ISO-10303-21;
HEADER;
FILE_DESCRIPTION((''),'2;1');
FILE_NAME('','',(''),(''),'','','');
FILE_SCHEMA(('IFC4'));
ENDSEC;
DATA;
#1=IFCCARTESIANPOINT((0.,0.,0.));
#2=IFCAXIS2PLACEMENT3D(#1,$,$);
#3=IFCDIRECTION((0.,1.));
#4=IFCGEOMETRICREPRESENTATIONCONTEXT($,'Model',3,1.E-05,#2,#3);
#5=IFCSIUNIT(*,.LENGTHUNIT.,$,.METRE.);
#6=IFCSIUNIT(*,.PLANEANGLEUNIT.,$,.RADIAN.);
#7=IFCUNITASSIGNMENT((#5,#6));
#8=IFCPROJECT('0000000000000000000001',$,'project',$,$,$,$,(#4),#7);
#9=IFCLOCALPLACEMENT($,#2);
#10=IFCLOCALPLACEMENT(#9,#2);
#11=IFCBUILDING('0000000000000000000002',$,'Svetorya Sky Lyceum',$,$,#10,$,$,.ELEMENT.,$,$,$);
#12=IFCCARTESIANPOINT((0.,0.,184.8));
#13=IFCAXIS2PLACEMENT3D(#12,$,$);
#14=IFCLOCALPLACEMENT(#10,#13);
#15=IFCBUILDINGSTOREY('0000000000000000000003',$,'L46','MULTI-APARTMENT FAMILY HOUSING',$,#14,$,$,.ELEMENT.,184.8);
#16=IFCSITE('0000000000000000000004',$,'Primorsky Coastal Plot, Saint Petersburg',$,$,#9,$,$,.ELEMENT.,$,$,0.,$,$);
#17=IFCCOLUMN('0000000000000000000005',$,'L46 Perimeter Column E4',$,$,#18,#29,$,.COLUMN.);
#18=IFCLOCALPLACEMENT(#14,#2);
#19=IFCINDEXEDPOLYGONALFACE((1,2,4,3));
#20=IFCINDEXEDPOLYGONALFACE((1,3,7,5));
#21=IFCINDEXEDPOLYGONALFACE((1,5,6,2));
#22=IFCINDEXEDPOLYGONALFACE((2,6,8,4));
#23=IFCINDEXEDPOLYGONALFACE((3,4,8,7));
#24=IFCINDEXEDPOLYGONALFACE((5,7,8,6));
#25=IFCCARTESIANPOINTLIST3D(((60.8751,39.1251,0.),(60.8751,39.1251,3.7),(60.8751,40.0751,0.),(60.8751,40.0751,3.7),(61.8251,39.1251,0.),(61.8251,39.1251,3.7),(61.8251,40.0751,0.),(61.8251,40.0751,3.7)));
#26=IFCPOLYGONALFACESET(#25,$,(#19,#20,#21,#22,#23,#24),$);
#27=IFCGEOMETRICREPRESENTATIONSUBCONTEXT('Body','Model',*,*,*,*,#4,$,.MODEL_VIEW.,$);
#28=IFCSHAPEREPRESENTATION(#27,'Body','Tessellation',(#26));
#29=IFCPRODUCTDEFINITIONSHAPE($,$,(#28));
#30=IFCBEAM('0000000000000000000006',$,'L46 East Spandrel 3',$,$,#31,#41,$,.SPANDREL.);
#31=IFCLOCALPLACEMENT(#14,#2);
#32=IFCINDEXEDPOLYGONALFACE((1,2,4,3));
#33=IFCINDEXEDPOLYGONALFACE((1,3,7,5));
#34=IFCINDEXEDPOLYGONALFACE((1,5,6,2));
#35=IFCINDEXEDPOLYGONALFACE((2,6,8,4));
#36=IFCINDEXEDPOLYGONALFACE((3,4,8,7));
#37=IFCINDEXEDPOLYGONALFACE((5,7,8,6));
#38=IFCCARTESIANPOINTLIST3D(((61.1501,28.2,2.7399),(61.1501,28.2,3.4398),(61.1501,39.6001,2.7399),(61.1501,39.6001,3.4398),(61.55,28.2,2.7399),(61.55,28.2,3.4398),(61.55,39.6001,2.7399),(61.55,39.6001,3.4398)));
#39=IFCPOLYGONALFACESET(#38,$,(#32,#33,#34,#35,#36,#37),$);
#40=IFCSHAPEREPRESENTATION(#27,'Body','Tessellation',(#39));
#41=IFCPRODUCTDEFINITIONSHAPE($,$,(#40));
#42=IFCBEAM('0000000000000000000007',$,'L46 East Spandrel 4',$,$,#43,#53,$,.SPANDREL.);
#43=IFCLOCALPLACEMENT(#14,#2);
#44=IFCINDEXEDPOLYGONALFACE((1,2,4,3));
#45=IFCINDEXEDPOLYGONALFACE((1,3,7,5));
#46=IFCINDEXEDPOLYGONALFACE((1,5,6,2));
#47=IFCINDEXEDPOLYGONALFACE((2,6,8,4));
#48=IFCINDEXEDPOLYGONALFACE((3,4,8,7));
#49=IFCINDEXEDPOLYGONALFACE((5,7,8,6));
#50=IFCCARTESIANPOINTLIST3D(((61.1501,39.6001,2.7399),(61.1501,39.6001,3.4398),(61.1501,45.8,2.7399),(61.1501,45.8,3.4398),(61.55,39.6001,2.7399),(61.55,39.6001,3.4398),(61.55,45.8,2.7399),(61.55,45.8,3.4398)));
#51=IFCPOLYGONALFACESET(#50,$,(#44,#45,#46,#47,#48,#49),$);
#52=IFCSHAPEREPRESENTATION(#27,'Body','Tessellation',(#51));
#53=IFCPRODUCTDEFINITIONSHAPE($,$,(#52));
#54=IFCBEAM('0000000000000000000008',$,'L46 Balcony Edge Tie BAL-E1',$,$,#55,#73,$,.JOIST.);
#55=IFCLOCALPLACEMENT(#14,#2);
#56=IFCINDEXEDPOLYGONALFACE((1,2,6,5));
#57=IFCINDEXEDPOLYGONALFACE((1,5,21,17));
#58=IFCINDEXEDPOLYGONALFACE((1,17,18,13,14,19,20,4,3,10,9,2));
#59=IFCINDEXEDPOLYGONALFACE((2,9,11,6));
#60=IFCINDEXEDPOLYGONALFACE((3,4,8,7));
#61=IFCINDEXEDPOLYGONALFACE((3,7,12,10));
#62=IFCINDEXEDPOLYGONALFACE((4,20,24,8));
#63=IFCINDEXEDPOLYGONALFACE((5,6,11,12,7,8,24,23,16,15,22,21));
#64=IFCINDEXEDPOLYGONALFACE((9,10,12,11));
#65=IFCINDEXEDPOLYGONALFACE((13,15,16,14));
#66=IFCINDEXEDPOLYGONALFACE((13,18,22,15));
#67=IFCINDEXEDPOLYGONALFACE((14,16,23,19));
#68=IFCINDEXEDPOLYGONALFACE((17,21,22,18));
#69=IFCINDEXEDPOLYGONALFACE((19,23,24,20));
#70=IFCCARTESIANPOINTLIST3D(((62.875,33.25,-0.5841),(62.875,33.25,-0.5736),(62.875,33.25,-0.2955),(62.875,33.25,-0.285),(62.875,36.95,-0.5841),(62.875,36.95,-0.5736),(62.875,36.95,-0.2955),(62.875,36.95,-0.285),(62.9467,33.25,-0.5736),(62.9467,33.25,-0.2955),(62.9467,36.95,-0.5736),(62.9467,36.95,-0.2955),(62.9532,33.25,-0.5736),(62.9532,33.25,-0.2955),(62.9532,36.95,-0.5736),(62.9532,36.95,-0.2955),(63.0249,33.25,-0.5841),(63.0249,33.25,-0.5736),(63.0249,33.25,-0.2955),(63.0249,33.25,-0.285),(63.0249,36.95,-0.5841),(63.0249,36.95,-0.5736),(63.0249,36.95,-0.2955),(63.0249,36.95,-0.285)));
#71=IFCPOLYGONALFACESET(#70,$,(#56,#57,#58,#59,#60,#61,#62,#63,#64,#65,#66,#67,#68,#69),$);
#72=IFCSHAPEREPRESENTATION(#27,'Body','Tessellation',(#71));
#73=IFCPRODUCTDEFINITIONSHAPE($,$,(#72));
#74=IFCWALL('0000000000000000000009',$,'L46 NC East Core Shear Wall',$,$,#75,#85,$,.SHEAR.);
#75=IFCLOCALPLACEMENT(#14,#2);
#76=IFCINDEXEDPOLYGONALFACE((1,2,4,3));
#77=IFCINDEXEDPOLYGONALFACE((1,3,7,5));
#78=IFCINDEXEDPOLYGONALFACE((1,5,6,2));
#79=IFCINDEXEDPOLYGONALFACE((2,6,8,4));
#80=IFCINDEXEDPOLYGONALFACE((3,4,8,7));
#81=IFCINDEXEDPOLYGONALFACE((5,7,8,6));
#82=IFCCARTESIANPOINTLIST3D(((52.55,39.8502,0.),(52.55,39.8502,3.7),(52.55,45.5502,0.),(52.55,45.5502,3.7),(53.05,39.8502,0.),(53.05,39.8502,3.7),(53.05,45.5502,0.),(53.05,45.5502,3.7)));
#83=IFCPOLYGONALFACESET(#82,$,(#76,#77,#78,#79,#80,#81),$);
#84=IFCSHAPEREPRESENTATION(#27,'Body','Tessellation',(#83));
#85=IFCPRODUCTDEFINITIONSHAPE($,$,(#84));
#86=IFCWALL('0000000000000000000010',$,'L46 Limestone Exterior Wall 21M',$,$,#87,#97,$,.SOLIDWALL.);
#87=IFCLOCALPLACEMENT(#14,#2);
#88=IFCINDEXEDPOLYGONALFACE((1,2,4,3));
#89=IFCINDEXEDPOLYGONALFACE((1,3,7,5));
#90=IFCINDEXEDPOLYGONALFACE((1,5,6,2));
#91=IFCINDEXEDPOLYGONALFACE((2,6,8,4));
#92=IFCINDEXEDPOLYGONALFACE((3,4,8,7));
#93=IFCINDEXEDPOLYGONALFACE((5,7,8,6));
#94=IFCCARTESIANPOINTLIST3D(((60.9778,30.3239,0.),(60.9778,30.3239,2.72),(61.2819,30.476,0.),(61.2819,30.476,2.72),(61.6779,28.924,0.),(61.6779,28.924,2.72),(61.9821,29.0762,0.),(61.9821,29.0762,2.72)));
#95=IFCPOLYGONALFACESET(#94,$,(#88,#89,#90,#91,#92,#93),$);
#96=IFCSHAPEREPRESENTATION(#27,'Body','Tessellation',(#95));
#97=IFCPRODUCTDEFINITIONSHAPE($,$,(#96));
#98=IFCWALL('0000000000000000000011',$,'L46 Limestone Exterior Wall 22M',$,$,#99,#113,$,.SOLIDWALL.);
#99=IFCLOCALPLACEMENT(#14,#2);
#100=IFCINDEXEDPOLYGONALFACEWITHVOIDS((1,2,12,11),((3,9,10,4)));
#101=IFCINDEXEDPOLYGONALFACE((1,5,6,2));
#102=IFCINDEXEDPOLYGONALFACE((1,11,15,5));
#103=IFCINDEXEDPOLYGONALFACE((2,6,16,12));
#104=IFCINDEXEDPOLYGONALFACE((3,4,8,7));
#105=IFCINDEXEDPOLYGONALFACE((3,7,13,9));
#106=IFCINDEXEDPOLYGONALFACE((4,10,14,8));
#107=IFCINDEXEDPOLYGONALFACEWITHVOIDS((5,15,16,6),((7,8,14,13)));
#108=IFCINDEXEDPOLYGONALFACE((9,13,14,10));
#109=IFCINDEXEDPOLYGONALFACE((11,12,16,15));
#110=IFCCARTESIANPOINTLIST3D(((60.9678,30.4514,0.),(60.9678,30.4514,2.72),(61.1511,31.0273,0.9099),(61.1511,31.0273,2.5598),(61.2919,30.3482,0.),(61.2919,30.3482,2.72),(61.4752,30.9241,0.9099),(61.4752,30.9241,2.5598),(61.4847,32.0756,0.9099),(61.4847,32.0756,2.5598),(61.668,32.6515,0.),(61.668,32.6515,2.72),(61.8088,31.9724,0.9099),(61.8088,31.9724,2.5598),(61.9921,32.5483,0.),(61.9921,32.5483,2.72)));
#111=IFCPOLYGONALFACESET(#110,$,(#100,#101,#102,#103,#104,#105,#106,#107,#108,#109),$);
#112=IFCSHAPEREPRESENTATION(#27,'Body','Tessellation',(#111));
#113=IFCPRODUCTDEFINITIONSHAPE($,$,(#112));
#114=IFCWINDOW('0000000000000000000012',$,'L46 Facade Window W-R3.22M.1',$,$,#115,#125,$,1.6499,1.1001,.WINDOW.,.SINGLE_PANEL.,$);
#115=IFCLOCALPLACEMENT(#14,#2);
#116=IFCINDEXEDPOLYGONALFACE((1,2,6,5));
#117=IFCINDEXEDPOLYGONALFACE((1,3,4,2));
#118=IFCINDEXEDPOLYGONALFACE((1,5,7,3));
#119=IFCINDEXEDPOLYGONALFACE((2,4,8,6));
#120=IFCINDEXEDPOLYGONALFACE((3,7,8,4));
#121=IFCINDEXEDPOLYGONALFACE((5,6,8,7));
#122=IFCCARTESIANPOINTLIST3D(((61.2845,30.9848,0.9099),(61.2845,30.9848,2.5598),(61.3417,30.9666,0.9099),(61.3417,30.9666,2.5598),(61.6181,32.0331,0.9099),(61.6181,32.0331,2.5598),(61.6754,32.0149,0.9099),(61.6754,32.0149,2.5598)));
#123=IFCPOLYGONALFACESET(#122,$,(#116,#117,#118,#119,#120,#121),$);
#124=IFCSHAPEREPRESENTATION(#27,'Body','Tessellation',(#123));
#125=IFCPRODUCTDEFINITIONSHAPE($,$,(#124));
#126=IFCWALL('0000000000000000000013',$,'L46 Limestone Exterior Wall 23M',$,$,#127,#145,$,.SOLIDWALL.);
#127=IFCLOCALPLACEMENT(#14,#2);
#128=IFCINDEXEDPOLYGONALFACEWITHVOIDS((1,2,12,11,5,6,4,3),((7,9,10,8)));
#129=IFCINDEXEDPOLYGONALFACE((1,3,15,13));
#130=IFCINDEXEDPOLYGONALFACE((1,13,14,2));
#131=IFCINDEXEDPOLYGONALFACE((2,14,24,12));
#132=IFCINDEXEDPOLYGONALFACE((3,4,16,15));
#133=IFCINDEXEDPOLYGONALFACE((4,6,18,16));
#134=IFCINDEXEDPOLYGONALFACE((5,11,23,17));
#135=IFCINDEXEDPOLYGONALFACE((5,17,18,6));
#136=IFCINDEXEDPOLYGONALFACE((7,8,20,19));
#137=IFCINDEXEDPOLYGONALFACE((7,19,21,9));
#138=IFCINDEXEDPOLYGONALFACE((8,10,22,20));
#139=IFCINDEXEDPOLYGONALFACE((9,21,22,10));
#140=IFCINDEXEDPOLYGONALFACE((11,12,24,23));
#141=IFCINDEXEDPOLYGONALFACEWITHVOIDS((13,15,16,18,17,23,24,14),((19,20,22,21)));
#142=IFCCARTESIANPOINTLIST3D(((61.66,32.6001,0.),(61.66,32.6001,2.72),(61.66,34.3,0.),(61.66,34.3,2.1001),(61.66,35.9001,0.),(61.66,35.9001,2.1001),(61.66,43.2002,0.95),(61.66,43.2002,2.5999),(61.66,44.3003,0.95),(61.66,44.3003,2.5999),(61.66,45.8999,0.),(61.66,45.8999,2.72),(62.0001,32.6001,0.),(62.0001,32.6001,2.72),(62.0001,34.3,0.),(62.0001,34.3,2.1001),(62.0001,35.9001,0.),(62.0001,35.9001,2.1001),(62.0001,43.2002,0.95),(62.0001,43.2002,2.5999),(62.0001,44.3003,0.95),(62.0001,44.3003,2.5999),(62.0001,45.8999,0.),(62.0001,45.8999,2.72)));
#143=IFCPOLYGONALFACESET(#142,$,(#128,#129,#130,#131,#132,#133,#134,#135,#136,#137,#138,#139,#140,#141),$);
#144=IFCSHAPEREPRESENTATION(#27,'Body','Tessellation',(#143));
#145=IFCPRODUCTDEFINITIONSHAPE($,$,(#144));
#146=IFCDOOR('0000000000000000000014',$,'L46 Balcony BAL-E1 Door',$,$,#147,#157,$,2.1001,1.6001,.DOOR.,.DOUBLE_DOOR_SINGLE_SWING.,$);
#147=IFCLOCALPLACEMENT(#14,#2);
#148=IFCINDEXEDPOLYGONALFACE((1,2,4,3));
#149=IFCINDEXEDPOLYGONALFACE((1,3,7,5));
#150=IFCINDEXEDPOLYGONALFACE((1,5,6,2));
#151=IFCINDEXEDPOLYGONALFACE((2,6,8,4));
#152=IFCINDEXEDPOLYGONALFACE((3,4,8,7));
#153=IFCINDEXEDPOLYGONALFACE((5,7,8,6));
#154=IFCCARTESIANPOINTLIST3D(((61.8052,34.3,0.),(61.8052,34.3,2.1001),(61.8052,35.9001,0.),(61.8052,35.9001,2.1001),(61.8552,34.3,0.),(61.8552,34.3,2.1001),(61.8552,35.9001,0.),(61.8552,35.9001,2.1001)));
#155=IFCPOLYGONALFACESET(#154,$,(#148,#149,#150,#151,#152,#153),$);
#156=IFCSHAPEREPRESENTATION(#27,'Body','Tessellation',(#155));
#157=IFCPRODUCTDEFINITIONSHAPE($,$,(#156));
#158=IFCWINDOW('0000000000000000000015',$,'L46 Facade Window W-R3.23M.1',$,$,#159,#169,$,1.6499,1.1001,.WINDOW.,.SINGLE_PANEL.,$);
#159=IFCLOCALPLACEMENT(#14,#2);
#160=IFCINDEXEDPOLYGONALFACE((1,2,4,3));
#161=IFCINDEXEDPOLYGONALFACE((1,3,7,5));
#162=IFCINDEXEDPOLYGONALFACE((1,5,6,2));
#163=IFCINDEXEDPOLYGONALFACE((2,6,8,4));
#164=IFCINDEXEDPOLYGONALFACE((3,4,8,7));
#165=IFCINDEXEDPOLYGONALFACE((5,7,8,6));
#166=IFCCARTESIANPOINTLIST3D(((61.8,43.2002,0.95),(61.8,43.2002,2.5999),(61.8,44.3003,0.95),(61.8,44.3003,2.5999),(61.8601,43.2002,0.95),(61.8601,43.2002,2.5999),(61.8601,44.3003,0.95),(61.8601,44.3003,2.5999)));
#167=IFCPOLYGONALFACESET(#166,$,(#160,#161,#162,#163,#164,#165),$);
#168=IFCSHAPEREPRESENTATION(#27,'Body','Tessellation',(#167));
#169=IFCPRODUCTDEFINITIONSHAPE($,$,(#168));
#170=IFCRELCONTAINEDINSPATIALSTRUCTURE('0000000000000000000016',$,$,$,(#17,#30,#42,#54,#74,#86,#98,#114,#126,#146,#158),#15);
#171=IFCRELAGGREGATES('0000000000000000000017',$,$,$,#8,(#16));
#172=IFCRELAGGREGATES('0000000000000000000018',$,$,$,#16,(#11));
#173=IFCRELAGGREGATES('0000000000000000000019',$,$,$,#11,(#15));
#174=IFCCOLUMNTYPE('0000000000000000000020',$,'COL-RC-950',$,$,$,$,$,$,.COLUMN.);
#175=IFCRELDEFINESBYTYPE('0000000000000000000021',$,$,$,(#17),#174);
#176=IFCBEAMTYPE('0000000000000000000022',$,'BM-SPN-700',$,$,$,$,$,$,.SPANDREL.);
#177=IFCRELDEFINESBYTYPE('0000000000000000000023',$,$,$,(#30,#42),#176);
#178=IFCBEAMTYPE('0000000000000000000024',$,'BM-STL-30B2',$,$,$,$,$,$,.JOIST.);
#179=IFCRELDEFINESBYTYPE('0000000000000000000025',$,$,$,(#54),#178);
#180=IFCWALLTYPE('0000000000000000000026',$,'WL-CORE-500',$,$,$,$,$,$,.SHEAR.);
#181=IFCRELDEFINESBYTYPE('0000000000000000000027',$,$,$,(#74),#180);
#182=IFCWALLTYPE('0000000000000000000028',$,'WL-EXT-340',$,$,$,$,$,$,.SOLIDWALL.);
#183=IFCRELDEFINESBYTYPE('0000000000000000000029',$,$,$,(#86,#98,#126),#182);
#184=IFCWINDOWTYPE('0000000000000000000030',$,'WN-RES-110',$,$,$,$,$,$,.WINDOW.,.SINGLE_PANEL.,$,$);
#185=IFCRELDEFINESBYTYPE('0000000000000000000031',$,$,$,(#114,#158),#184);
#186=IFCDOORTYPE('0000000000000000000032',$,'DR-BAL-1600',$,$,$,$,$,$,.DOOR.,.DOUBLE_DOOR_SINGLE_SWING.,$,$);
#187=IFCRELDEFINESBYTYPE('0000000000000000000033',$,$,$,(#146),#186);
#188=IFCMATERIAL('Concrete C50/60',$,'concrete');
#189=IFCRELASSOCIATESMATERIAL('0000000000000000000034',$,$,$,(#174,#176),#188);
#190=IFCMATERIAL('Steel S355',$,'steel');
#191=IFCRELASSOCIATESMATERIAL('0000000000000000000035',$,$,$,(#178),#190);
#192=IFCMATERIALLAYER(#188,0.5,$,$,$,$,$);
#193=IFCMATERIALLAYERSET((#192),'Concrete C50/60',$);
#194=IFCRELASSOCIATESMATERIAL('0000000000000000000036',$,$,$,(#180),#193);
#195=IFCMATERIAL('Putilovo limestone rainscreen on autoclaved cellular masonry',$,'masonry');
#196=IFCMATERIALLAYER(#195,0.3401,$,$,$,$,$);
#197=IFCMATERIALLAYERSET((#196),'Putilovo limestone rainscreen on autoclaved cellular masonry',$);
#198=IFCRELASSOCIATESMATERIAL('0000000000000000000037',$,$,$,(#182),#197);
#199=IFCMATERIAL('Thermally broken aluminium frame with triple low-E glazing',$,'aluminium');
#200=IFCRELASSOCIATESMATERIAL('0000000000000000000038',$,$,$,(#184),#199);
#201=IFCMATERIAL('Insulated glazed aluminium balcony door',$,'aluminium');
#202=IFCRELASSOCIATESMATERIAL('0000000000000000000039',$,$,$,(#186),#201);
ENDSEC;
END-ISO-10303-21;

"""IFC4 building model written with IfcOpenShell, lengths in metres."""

from ifc_helpers import new_model, si_unit, direction, frame, frame_2d, origin, origin_2d, place, context, subcontext, project, spatial, rectangle, i_section, extrude, material, layer, layer_set, material_profile, profile_set, type_object, element, fill, save


model = new_model("IFC4")

# Units and contexts
model_context = context("Model", 3, precision=1e-05, world=origin(), true_north=direction((0.0, 1.0)))
body_context = subcontext(model_context, "Body", "Model", "MODEL_VIEW")
ifc_project = project(units=[si_unit("LENGTHUNIT", "METRE"), si_unit("PLANEANGLEUNIT", "RADIAN")], contexts=[model_context])

# Site, building, storey
site_placement = place(None, origin())
site = spatial("IfcSite", under=ifc_project, at=site_placement, Name="Primorsky Coastal Plot, Saint Petersburg", CompositionType="ELEMENT", RefElevation=0.0)
building_placement = place(site_placement, origin())
building = spatial("IfcBuilding", under=site, at=building_placement, Name="Svetorya Sky Lyceum", CompositionType="ELEMENT")
storey_placement = place(building_placement, frame((0.0, 0.0, 184.8)))
storey = spatial("IfcBuildingStorey", under=building, at=storey_placement, Name="L46", Description="MULTI-APARTMENT FAMILY HOUSING", CompositionType="ELEMENT", Elevation=184.8)

# Column
ifc_material_1 = material(Name="Concrete C50/60", Category="concrete")
ifc_material_profile_1 = material_profile(ifc_material_1, rectangle(XDim=0.95, YDim=0.95, at=origin_2d()), Name="RC COL 950x950")
ifc_profile_set_1 = profile_set([ifc_material_profile_1], Name="Concrete C50/60")
column_type = type_object("IfcColumnType", Name="COL-RC-950", PredefinedType="COLUMN", material=ifc_profile_set_1)
column_placement = place(storey_placement, frame((61.3501, 39.6001, 0.0), z_axis=(0.0, 0.0, 1.0), x_axis=(1.0, 0.0, 0.0)))
element("IfcColumn", 1, at=column_placement, inside=storey, type_object=column_type, Name="L46 Perimeter Column E4", PredefinedType="COLUMN", context=body_context, shape_type="SweptSolid", body=[
    extrude(rectangle(XDim=0.95, YDim=0.95, at=origin_2d()), origin(), (0.0, 0.0, 1.0), 3.7),
])

# Beams
ifc_material_profile_2 = material_profile(ifc_material_1, rectangle(XDim=0.3999, YDim=0.7, at=origin_2d()), Name="RC SPANDREL 400x700")
ifc_profile_set_2 = profile_set([ifc_material_profile_2], Name="Concrete C50/60")
beam_type_1 = type_object("IfcBeamType", Name="BM-SPN-700", PredefinedType="SPANDREL", material=ifc_profile_set_2)
beam_1_placement = place(storey_placement, frame((61.3501, 28.2, 3.0898), z_axis=(0.0, 1.0, 0.0), x_axis=(-1.0, 0.0, 0.0)))
element("IfcBeam", 2, at=beam_1_placement, inside=storey, type_object=beam_type_1, Name="L46 East Spandrel 3", PredefinedType="SPANDREL", context=body_context, shape_type="SweptSolid", body=[
    extrude(rectangle(XDim=0.3999, YDim=0.7, at=origin_2d()), origin(), (0.0, 0.0, 1.0), 11.4001),
])
beam_2_placement = place(storey_placement, frame((61.3501, 39.6001, 3.0898), z_axis=(0.0, 1.0, 0.0), x_axis=(-1.0, 0.0, 0.0)))
element("IfcBeam", 3, at=beam_2_placement, inside=storey, type_object=beam_type_1, Name="L46 East Spandrel 4", PredefinedType="SPANDREL", context=body_context, shape_type="SweptSolid", body=[
    extrude(rectangle(XDim=0.3999, YDim=0.7, at=origin_2d()), origin(), (0.0, 0.0, 1.0), 6.2),
])
ifc_material_2 = material(Name="Steel S355", Category="steel")
ifc_material_profile_3 = material_profile(ifc_material_2, i_section(OverallWidth=0.1499, OverallDepth=0.2991, WebThickness=0.0066, FlangeThickness=0.0105, at=origin_2d()), Name="GOST 30B2")
ifc_profile_set_3 = profile_set([ifc_material_profile_3], Name="Steel S355")
beam_type_2 = type_object("IfcBeamType", Name="BM-STL-30B2", PredefinedType="JOIST", material=ifc_profile_set_3)
beam_3_placement = place(storey_placement, frame((62.95, 33.25, -0.4346), z_axis=(0.0, 1.0, 0.0), x_axis=(-1.0, 0.0, 0.0)))
element("IfcBeam", 4, at=beam_3_placement, inside=storey, type_object=beam_type_2, Name="L46 Balcony Edge Tie BAL-E1", PredefinedType="JOIST", context=body_context, shape_type="SweptSolid", body=[
    extrude(i_section(OverallWidth=0.1499, OverallDepth=0.2991, WebThickness=0.0066, FlangeThickness=0.0105, at=origin_2d()), origin(), (0.0, 0.0, 1.0), 3.7),
])

# Walls
ifc_layer_1 = layer(ifc_material_1, 0.5)
ifc_layer_set_1 = layer_set([ifc_layer_1], Name="Concrete C50/60")
wall_type_1 = type_object("IfcWallType", Name="WL-CORE-500", PredefinedType="SHEAR", material=ifc_layer_set_1)
wall_1_placement = place(storey_placement, frame((52.8, 39.8501, 0.0), z_axis=(0.0, 0.0, 1.0), x_axis=(0.0, 1.0, 0.0)))
element("IfcWall", 5, at=wall_1_placement, inside=storey, type_object=wall_type_1, Name="L46 NC East Core Shear Wall", PredefinedType="SHEAR", context=body_context, shape_type="SweptSolid", body=[
    extrude(rectangle(XDim=5.7, YDim=0.5, at=frame_2d((2.8501, 0.0))), origin(), (0.0, 0.0, 1.0), 3.7),
])
ifc_material_3 = material(Name="Putilovo limestone rainscreen on autoclaved cellular masonry", Category="masonry")
ifc_layer_2 = layer(ifc_material_3, 0.3401)
ifc_layer_set_2 = layer_set([ifc_layer_2], Name="Putilovo limestone rainscreen on autoclaved cellular masonry")
wall_type_2 = type_object("IfcWallType", Name="WL-EXT-340", PredefinedType="SOLIDWALL", material=ifc_layer_set_2)
wall_2_placement = place(storey_placement, frame((61.8301, 29.0, 0.0), z_axis=(0.0, 0.0, 1.0), x_axis=(-0.447338, 0.894365, 0.0)))
element("IfcWall", 6, at=wall_2_placement, inside=storey, type_object=wall_type_2, Name="L46 Limestone Exterior Wall 21M", PredefinedType="SOLIDWALL", context=body_context, shape_type="SweptSolid", body=[
    extrude(rectangle(XDim=1.5652, YDim=0.3401, at=frame_2d((0.7827, 0.0))), origin(), (0.0, 0.0, 1.0), 2.72),
])

# Wall, opening, window
wall_3_placement = place(storey_placement, frame((61.1299, 30.3999, 0.0), z_axis=(0.0, 0.0, 1.0), x_axis=(0.303256, 0.952909, 0.0)))
wall_3 = element("IfcWall", 7, at=wall_3_placement, inside=storey, type_object=wall_type_2, Name="L46 Limestone Exterior Wall 22M", PredefinedType="SOLIDWALL", context=body_context, shape_type="SweptSolid", body=[
    extrude(rectangle(XDim=2.3088, YDim=0.3401, at=frame_2d((1.1543, 0.0))), origin(), (0.0, 0.0, 1.0), 2.72),
])
opening_1_placement = place(wall_3_placement, frame((0.6042, 0.0, 0.9099)))
opening_1 = element("IfcOpeningElement", 8, at=opening_1_placement, cuts=wall_3, PredefinedType="OPENING", context=body_context, shape_type="SweptSolid", body=[
    extrude(rectangle(XDim=1.1001, YDim=1.6499, at=frame_2d((0.55, 0.825))), frame((0.0, 0.1799, 0.0), z_axis=(0.0, -1.0, 0.0), x_axis=(1.0, 0.0, 0.0)), (0.0, 0.0, 1.0), 0.3601),
])
ifc_material_4 = material(Name="Thermally broken aluminium frame with triple low-E glazing", Category="aluminium")
window_type = type_object("IfcWindowType", Name="WN-RES-110", PartitioningType="SINGLE_PANEL", PredefinedType="WINDOW", material=ifc_material_4)
window_1_placement = place(opening_1_placement, origin())
window_1 = element("IfcWindow", 9, at=window_1_placement, inside=storey, type_object=window_type, Name="L46 Facade Window W-R3.22M.1", OverallHeight=1.6499, OverallWidth=1.1001, PartitioningType="SINGLE_PANEL", PredefinedType="WINDOW", context=body_context, shape_type="SweptSolid", body=[
    extrude(rectangle(XDim=1.1001, YDim=1.6499, at=frame_2d((0.55, 0.825))), frame((0.0, 0.03, 0.0), z_axis=(0.0, -1.0, 0.0), x_axis=(1.0, 0.0, 0.0)), (0.0, 0.0, 1.0), 0.0601),
])
fill(opening_1, window_1)

# Wall, openings, door, window
wall_4_placement = place(storey_placement, frame((61.8301, 32.6001, 0.0), z_axis=(0.0, 0.0, 1.0), x_axis=(0.0, 1.0, 0.0)))
wall_4 = element("IfcWall", 10, at=wall_4_placement, inside=storey, type_object=wall_type_2, Name="L46 Limestone Exterior Wall 23M", PredefinedType="SOLIDWALL", context=body_context, shape_type="SweptSolid", body=[
    extrude(rectangle(XDim=13.2998, YDim=0.3401, at=frame_2d((6.6499, 0.0))), origin(), (0.0, 0.0, 1.0), 2.72),
])
opening_2_placement = place(wall_4_placement, frame((1.7, 0.0, 0.0)))
opening_2 = element("IfcOpeningElement", 11, at=opening_2_placement, cuts=wall_4, PredefinedType="OPENING", context=body_context, shape_type="SweptSolid", body=[
    extrude(rectangle(XDim=1.6001, YDim=2.1001, at=frame_2d((0.8, 1.05))), frame((0.0, 0.1799, 0.0), z_axis=(0.0, -1.0, 0.0), x_axis=(1.0, 0.0, 0.0)), (0.0, 0.0, 1.0), 0.3601),
])
opening_3_placement = place(wall_4_placement, frame((10.6001, 0.0, 0.95)))
opening_3 = element("IfcOpeningElement", 12, at=opening_3_placement, cuts=wall_4, PredefinedType="OPENING", context=body_context, shape_type="SweptSolid", body=[
    extrude(rectangle(XDim=1.1001, YDim=1.6499, at=frame_2d((0.55, 0.825))), frame((0.0, 0.1799, 0.0), z_axis=(0.0, -1.0, 0.0), x_axis=(1.0, 0.0, 0.0)), (0.0, 0.0, 1.0), 0.3601),
])
ifc_material_5 = material(Name="Insulated glazed aluminium balcony door", Category="aluminium")
door_type_1 = type_object("IfcDoorType", Name="DR-BAL-1600", OperationType="DOUBLE_DOOR_SINGLE_SWING", PredefinedType="DOOR", material=ifc_material_5)
door_1_placement = place(opening_2_placement, origin())
door_1 = element("IfcDoor", 13, at=door_1_placement, inside=storey, type_object=door_type_1, Name="L46 Balcony BAL-E1 Door", OperationType="DOUBLE_DOOR_SINGLE_SWING", OverallHeight=2.1001, OverallWidth=1.6001, PredefinedType="DOOR", context=body_context, shape_type="SweptSolid", body=[
    extrude(rectangle(XDim=1.6001, YDim=2.1001, at=frame_2d((0.8, 1.05))), frame((0.0, 0.0249, 0.0), z_axis=(0.0, -1.0, 0.0), x_axis=(1.0, 0.0, 0.0)), (0.0, 0.0, 1.0), 0.05),
])
fill(opening_2, door_1)
window_2_placement = place(opening_3_placement, origin())
window_2 = element("IfcWindow", 14, at=window_2_placement, inside=storey, type_object=window_type, Name="L46 Facade Window W-R3.23M.1", OverallHeight=1.6499, OverallWidth=1.1001, PartitioningType="SINGLE_PANEL", PredefinedType="WINDOW", context=body_context, shape_type="SweptSolid", body=[
    extrude(rectangle(XDim=1.1001, YDim=1.6499, at=frame_2d((0.55, 0.825))), frame((0.0, 0.03, 0.0), z_axis=(0.0, -1.0, 0.0), x_axis=(1.0, 0.0, 0.0)), (0.0, 0.0, 1.0), 0.0601),
])
fill(opening_3, window_2)

save(model, "model.ifc")
